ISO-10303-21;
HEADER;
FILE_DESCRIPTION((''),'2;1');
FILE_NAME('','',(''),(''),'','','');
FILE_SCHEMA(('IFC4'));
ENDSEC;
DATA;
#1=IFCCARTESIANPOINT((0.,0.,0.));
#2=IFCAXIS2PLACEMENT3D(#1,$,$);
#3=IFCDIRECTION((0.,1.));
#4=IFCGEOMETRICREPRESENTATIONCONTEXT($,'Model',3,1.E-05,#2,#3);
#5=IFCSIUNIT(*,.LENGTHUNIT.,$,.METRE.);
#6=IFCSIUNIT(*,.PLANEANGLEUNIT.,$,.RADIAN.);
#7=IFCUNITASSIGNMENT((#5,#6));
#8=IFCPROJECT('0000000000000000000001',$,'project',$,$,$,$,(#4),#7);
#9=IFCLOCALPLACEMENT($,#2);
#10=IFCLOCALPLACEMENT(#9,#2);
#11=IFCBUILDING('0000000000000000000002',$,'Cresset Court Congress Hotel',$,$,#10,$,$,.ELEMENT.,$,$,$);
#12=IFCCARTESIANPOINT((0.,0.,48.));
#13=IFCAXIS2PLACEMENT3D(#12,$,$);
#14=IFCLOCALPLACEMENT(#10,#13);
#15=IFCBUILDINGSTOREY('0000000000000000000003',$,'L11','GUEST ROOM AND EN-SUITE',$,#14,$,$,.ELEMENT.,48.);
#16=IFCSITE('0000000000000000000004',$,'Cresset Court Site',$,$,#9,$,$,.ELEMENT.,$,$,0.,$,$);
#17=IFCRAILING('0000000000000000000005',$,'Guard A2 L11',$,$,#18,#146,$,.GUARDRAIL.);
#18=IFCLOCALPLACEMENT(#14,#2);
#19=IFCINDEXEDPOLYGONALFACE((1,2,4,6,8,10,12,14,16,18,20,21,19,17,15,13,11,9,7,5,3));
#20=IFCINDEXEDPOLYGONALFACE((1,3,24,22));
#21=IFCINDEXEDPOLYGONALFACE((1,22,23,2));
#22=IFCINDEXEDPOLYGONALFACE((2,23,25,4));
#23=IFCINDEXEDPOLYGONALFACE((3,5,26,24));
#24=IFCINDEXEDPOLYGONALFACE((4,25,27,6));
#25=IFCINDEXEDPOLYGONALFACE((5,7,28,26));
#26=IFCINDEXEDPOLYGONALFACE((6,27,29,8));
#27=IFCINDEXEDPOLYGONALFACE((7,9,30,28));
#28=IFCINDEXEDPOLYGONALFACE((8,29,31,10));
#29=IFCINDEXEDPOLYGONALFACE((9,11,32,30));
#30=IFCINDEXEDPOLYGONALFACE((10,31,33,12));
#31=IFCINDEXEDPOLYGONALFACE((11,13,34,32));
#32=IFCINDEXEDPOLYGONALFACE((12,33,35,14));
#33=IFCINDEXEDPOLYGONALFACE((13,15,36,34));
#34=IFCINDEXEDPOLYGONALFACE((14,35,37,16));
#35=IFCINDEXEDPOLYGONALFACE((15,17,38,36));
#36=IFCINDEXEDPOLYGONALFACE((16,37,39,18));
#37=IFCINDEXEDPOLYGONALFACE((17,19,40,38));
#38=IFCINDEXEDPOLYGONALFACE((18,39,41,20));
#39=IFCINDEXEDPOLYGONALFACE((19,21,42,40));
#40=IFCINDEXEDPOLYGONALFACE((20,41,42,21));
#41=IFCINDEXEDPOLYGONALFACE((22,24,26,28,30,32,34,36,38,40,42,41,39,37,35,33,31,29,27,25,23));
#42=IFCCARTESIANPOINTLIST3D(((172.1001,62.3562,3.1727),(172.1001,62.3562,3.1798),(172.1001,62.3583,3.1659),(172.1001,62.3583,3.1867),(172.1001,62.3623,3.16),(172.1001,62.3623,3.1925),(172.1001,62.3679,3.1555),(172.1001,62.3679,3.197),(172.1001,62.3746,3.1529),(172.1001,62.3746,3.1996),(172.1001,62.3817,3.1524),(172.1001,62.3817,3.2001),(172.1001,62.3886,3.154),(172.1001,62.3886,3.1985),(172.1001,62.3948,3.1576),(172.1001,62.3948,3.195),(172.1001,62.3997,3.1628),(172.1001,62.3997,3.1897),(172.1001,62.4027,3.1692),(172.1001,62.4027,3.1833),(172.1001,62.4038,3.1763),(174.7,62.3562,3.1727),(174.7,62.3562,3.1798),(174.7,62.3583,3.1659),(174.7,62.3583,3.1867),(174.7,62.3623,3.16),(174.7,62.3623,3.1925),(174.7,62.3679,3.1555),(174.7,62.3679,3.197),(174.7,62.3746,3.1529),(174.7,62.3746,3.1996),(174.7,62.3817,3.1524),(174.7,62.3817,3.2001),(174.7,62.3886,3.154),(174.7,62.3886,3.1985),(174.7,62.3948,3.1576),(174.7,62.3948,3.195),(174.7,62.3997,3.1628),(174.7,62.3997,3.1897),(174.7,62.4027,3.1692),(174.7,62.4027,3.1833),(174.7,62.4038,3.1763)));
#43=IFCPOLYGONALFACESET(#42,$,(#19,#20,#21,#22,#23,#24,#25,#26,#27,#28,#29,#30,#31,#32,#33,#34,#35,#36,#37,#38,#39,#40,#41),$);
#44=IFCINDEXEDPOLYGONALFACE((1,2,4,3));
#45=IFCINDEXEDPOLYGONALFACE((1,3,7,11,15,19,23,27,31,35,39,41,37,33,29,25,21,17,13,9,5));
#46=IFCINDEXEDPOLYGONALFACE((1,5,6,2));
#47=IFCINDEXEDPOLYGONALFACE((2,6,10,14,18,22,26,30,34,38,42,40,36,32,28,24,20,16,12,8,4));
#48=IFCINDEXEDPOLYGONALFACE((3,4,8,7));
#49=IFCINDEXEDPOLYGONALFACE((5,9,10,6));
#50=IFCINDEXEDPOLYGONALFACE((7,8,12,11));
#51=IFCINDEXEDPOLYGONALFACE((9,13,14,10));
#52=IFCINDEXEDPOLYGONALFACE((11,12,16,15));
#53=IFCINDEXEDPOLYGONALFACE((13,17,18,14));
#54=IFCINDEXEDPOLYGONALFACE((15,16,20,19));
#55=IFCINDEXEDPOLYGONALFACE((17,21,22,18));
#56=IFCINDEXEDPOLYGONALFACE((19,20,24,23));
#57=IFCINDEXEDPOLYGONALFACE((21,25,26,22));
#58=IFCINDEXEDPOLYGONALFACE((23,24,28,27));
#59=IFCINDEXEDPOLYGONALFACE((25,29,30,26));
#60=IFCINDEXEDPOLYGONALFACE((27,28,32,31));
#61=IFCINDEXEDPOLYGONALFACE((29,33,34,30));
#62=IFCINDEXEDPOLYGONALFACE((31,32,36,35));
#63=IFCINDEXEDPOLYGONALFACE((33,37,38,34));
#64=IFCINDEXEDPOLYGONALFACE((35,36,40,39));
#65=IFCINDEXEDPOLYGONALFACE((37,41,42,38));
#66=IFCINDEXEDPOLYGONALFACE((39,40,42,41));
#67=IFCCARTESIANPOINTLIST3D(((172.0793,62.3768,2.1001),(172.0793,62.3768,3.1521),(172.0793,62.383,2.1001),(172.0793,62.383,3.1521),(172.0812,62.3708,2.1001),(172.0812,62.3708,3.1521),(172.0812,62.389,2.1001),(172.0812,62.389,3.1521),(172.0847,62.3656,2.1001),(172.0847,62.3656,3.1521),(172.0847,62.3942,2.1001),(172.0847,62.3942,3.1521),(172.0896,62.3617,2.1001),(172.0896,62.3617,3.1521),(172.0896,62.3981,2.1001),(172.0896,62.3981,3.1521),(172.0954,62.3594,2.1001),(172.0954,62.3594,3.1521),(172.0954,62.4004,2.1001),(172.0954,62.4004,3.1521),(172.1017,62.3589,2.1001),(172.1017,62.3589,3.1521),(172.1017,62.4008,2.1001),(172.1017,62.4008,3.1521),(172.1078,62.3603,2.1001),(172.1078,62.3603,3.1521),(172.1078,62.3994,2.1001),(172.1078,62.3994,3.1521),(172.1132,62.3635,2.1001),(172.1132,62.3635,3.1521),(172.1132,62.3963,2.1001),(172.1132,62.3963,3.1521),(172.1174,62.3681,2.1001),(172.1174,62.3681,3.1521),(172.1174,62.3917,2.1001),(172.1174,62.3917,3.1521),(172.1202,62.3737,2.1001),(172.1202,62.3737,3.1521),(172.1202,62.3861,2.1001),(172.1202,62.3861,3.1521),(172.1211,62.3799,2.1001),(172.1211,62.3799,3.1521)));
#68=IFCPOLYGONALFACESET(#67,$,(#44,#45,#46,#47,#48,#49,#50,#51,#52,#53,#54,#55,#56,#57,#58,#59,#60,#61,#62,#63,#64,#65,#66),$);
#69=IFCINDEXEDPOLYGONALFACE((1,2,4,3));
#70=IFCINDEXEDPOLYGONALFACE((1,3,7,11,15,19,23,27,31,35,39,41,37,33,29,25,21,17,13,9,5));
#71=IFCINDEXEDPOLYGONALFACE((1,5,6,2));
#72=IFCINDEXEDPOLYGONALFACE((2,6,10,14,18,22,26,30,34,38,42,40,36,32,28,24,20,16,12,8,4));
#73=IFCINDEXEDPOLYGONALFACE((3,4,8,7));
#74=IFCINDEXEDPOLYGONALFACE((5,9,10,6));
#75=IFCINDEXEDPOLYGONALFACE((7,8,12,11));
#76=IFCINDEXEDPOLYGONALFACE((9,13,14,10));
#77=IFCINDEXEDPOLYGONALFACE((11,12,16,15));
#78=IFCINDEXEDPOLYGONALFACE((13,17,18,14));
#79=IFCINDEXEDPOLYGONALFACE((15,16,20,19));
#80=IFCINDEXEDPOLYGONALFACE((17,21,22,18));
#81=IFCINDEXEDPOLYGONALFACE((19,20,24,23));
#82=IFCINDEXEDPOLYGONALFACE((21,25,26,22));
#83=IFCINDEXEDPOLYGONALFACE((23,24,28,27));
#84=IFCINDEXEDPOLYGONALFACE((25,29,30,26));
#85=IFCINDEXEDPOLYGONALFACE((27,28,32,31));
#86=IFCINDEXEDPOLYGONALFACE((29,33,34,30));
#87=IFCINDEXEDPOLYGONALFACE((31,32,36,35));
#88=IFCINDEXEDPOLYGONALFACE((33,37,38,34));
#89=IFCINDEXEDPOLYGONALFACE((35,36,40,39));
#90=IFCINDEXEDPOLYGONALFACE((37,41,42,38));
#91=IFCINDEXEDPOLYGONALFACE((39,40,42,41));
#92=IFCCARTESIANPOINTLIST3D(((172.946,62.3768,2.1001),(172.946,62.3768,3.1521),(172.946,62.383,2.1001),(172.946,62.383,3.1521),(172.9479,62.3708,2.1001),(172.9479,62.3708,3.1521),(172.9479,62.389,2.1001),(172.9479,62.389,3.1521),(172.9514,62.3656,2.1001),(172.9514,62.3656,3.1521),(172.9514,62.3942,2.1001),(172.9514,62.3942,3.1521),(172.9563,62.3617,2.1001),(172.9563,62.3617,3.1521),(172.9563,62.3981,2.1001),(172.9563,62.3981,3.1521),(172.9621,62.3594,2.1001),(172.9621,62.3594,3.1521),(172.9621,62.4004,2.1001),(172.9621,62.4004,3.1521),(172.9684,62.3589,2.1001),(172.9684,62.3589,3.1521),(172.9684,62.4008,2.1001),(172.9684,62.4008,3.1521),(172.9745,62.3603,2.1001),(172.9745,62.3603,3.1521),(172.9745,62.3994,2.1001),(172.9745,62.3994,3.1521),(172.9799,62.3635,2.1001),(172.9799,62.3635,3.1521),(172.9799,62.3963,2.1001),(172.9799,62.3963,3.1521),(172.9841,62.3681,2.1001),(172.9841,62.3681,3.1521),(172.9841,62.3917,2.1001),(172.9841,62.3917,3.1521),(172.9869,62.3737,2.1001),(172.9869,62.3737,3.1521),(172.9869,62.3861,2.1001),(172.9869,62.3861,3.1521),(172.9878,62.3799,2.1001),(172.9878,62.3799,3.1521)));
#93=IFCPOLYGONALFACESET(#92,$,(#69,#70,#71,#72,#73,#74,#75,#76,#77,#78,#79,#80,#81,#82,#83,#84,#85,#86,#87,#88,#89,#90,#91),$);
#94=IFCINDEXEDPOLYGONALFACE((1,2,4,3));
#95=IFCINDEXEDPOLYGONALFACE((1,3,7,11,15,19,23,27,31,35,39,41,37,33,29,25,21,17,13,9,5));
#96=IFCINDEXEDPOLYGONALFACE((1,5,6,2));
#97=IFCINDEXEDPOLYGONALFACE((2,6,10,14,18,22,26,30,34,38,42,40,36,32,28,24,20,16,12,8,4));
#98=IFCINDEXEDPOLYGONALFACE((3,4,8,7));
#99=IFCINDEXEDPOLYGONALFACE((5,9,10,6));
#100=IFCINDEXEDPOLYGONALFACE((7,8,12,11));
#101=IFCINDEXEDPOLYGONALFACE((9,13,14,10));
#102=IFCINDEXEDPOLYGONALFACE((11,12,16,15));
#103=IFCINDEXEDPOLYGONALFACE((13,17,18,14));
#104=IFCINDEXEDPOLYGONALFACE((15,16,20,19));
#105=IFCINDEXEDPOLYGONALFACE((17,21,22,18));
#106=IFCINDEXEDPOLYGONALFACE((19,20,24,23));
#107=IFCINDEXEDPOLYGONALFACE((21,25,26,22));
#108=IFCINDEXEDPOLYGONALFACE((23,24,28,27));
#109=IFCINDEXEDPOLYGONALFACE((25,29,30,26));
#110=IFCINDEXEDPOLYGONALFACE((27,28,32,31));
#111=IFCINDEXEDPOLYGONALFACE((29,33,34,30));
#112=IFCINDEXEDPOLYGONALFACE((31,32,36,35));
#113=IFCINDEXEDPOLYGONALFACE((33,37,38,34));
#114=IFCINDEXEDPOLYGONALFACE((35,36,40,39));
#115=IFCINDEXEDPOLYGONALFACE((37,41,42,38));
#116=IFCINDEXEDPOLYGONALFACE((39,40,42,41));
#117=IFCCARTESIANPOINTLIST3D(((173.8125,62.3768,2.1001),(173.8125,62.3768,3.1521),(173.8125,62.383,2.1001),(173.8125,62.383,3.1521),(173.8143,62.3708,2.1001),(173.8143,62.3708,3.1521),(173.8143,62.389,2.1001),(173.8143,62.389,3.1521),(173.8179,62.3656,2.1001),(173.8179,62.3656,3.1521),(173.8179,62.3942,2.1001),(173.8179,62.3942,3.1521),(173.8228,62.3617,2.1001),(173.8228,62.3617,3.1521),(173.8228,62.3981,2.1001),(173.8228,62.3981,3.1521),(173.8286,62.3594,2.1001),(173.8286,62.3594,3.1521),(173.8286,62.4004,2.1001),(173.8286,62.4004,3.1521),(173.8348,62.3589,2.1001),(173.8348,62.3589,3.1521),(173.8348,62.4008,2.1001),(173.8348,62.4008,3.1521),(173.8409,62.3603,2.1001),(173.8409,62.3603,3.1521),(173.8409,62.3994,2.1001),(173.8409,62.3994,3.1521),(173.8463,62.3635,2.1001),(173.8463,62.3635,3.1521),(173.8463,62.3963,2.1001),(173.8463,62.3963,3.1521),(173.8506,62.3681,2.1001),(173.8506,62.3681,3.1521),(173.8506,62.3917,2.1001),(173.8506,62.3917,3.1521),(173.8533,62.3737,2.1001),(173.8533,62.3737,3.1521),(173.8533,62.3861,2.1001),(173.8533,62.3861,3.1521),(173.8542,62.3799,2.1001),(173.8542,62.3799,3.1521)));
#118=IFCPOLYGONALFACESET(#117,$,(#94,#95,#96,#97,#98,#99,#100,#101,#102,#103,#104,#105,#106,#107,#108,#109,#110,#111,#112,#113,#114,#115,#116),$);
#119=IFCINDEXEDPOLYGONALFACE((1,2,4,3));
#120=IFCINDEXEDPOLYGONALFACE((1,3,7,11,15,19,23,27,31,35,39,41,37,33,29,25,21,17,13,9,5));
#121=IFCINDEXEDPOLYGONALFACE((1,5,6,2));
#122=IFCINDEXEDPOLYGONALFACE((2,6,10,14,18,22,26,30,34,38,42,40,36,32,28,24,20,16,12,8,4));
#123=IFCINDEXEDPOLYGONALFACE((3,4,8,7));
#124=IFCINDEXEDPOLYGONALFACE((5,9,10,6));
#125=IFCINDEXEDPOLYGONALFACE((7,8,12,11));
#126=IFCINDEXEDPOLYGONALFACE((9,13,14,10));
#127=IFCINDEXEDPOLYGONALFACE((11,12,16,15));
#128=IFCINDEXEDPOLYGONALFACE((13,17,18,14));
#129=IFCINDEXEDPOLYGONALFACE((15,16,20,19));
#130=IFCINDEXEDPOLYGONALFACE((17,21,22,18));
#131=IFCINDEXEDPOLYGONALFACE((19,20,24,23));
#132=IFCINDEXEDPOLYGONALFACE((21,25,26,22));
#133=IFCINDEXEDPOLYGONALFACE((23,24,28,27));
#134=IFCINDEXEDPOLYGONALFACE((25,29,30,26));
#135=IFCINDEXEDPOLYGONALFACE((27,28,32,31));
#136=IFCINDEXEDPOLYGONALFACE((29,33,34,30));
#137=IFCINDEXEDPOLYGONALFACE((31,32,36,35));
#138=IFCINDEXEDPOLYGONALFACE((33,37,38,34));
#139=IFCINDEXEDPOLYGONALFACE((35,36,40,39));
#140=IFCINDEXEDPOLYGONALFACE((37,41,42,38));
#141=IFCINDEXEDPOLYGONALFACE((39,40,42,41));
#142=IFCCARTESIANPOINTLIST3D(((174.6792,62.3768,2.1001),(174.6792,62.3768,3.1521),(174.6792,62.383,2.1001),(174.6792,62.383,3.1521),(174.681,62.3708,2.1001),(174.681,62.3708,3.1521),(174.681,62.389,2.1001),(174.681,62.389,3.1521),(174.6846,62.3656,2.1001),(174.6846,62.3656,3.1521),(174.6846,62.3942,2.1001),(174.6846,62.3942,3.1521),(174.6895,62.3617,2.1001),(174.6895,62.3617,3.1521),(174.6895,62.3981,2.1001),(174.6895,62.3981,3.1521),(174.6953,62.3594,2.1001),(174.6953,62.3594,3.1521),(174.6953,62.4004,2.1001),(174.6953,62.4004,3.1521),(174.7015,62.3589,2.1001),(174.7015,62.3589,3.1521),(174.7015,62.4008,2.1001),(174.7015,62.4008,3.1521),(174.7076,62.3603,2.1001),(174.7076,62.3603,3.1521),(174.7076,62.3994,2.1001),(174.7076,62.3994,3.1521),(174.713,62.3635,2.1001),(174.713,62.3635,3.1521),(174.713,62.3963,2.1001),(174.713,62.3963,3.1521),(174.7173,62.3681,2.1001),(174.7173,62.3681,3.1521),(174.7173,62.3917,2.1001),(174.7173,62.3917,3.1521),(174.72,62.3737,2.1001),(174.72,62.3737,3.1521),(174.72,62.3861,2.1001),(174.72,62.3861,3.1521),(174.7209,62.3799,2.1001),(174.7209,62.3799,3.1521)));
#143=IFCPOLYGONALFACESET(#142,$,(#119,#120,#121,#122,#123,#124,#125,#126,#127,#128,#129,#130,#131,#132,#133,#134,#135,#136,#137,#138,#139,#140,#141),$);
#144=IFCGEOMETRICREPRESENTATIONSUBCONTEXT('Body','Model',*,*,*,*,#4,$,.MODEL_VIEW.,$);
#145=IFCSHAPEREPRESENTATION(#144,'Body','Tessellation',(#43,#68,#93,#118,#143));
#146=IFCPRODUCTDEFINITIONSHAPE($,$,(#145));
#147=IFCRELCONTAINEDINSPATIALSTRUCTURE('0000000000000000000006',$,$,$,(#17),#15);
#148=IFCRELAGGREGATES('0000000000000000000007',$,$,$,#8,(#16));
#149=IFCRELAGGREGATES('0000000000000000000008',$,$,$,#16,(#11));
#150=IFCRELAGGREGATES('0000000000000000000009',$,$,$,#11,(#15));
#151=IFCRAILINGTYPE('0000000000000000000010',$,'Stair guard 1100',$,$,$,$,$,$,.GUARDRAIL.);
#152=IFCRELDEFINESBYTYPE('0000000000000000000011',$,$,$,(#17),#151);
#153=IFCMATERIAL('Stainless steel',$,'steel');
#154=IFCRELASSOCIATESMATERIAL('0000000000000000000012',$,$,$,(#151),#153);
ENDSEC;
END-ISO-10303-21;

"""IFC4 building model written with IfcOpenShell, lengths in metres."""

from ifc_helpers import new_model, si_unit, direction, frame, origin, origin_2d, place, context, subcontext, project, spatial, circle, extrude, material, type_object, element, save


model = new_model("IFC4")

# Units and contexts
model_context = context("Model", 3, precision=1e-05, world=origin(), true_north=direction((0.0, 1.0)))
body_context = subcontext(model_context, "Body", "Model", "MODEL_VIEW")
ifc_project = project(units=[si_unit("LENGTHUNIT", "METRE"), si_unit("PLANEANGLEUNIT", "RADIAN")], contexts=[model_context])

# Site, building, storey
site_placement = place(None, origin())
site = spatial("IfcSite", under=ifc_project, at=site_placement, Name="Cresset Court Site", CompositionType="ELEMENT", RefElevation=0.0)
building_placement = place(site_placement, origin())
building = spatial("IfcBuilding", under=site, at=building_placement, Name="Cresset Court Congress Hotel", CompositionType="ELEMENT")
storey_placement = place(building_placement, frame((0.0, 0.0, 48.0)))
storey = spatial("IfcBuildingStorey", under=building, at=storey_placement, Name="L11", Description="GUEST ROOM AND EN-SUITE", CompositionType="ELEMENT", Elevation=48.0)

# Railing
ifc_material_1 = material(Name="Stainless steel", Category="steel")
railing_type_1 = type_object("IfcRailingType", Name="Stair guard 1100", PredefinedType="GUARDRAIL", material=ifc_material_1)
for number, where, name in (
    (1, (172.1001, 62.3799, 2.1001), "Guard A2 L11"),
):
    element("IfcRailing", number, at=place(storey_placement, frame(where)), inside=storey, type_object=railing_type_1, Name=name, PredefinedType="GUARDRAIL", context=body_context, shape_type="SweptSolid", body=[
        extrude(circle(Radius=0.0239, at=origin_2d()), frame((0.0, 0.0, 1.0762), z_axis=(1.0, 0.0, 0.0), x_axis=(0.0, 1.0, 0.0)), (0.0, 0.0, 1.0), 2.5999),
        extrude(circle(Radius=0.021, at=origin_2d()), origin(), (0.0, 0.0, 1.0), 1.052),
        extrude(circle(Radius=0.021, at=origin_2d()), frame((0.8667, 0.0, 0.0)), (0.0, 0.0, 1.0), 1.052),
        extrude(circle(Radius=0.021, at=origin_2d()), frame((1.7332, 0.0, 0.0)), (0.0, 0.0, 1.0), 1.052),
        extrude(circle(Radius=0.021, at=origin_2d()), frame((2.5999, 0.0, 0.0)), (0.0, 0.0, 1.0), 1.052),
    ])

save(model, "model.ifc")
